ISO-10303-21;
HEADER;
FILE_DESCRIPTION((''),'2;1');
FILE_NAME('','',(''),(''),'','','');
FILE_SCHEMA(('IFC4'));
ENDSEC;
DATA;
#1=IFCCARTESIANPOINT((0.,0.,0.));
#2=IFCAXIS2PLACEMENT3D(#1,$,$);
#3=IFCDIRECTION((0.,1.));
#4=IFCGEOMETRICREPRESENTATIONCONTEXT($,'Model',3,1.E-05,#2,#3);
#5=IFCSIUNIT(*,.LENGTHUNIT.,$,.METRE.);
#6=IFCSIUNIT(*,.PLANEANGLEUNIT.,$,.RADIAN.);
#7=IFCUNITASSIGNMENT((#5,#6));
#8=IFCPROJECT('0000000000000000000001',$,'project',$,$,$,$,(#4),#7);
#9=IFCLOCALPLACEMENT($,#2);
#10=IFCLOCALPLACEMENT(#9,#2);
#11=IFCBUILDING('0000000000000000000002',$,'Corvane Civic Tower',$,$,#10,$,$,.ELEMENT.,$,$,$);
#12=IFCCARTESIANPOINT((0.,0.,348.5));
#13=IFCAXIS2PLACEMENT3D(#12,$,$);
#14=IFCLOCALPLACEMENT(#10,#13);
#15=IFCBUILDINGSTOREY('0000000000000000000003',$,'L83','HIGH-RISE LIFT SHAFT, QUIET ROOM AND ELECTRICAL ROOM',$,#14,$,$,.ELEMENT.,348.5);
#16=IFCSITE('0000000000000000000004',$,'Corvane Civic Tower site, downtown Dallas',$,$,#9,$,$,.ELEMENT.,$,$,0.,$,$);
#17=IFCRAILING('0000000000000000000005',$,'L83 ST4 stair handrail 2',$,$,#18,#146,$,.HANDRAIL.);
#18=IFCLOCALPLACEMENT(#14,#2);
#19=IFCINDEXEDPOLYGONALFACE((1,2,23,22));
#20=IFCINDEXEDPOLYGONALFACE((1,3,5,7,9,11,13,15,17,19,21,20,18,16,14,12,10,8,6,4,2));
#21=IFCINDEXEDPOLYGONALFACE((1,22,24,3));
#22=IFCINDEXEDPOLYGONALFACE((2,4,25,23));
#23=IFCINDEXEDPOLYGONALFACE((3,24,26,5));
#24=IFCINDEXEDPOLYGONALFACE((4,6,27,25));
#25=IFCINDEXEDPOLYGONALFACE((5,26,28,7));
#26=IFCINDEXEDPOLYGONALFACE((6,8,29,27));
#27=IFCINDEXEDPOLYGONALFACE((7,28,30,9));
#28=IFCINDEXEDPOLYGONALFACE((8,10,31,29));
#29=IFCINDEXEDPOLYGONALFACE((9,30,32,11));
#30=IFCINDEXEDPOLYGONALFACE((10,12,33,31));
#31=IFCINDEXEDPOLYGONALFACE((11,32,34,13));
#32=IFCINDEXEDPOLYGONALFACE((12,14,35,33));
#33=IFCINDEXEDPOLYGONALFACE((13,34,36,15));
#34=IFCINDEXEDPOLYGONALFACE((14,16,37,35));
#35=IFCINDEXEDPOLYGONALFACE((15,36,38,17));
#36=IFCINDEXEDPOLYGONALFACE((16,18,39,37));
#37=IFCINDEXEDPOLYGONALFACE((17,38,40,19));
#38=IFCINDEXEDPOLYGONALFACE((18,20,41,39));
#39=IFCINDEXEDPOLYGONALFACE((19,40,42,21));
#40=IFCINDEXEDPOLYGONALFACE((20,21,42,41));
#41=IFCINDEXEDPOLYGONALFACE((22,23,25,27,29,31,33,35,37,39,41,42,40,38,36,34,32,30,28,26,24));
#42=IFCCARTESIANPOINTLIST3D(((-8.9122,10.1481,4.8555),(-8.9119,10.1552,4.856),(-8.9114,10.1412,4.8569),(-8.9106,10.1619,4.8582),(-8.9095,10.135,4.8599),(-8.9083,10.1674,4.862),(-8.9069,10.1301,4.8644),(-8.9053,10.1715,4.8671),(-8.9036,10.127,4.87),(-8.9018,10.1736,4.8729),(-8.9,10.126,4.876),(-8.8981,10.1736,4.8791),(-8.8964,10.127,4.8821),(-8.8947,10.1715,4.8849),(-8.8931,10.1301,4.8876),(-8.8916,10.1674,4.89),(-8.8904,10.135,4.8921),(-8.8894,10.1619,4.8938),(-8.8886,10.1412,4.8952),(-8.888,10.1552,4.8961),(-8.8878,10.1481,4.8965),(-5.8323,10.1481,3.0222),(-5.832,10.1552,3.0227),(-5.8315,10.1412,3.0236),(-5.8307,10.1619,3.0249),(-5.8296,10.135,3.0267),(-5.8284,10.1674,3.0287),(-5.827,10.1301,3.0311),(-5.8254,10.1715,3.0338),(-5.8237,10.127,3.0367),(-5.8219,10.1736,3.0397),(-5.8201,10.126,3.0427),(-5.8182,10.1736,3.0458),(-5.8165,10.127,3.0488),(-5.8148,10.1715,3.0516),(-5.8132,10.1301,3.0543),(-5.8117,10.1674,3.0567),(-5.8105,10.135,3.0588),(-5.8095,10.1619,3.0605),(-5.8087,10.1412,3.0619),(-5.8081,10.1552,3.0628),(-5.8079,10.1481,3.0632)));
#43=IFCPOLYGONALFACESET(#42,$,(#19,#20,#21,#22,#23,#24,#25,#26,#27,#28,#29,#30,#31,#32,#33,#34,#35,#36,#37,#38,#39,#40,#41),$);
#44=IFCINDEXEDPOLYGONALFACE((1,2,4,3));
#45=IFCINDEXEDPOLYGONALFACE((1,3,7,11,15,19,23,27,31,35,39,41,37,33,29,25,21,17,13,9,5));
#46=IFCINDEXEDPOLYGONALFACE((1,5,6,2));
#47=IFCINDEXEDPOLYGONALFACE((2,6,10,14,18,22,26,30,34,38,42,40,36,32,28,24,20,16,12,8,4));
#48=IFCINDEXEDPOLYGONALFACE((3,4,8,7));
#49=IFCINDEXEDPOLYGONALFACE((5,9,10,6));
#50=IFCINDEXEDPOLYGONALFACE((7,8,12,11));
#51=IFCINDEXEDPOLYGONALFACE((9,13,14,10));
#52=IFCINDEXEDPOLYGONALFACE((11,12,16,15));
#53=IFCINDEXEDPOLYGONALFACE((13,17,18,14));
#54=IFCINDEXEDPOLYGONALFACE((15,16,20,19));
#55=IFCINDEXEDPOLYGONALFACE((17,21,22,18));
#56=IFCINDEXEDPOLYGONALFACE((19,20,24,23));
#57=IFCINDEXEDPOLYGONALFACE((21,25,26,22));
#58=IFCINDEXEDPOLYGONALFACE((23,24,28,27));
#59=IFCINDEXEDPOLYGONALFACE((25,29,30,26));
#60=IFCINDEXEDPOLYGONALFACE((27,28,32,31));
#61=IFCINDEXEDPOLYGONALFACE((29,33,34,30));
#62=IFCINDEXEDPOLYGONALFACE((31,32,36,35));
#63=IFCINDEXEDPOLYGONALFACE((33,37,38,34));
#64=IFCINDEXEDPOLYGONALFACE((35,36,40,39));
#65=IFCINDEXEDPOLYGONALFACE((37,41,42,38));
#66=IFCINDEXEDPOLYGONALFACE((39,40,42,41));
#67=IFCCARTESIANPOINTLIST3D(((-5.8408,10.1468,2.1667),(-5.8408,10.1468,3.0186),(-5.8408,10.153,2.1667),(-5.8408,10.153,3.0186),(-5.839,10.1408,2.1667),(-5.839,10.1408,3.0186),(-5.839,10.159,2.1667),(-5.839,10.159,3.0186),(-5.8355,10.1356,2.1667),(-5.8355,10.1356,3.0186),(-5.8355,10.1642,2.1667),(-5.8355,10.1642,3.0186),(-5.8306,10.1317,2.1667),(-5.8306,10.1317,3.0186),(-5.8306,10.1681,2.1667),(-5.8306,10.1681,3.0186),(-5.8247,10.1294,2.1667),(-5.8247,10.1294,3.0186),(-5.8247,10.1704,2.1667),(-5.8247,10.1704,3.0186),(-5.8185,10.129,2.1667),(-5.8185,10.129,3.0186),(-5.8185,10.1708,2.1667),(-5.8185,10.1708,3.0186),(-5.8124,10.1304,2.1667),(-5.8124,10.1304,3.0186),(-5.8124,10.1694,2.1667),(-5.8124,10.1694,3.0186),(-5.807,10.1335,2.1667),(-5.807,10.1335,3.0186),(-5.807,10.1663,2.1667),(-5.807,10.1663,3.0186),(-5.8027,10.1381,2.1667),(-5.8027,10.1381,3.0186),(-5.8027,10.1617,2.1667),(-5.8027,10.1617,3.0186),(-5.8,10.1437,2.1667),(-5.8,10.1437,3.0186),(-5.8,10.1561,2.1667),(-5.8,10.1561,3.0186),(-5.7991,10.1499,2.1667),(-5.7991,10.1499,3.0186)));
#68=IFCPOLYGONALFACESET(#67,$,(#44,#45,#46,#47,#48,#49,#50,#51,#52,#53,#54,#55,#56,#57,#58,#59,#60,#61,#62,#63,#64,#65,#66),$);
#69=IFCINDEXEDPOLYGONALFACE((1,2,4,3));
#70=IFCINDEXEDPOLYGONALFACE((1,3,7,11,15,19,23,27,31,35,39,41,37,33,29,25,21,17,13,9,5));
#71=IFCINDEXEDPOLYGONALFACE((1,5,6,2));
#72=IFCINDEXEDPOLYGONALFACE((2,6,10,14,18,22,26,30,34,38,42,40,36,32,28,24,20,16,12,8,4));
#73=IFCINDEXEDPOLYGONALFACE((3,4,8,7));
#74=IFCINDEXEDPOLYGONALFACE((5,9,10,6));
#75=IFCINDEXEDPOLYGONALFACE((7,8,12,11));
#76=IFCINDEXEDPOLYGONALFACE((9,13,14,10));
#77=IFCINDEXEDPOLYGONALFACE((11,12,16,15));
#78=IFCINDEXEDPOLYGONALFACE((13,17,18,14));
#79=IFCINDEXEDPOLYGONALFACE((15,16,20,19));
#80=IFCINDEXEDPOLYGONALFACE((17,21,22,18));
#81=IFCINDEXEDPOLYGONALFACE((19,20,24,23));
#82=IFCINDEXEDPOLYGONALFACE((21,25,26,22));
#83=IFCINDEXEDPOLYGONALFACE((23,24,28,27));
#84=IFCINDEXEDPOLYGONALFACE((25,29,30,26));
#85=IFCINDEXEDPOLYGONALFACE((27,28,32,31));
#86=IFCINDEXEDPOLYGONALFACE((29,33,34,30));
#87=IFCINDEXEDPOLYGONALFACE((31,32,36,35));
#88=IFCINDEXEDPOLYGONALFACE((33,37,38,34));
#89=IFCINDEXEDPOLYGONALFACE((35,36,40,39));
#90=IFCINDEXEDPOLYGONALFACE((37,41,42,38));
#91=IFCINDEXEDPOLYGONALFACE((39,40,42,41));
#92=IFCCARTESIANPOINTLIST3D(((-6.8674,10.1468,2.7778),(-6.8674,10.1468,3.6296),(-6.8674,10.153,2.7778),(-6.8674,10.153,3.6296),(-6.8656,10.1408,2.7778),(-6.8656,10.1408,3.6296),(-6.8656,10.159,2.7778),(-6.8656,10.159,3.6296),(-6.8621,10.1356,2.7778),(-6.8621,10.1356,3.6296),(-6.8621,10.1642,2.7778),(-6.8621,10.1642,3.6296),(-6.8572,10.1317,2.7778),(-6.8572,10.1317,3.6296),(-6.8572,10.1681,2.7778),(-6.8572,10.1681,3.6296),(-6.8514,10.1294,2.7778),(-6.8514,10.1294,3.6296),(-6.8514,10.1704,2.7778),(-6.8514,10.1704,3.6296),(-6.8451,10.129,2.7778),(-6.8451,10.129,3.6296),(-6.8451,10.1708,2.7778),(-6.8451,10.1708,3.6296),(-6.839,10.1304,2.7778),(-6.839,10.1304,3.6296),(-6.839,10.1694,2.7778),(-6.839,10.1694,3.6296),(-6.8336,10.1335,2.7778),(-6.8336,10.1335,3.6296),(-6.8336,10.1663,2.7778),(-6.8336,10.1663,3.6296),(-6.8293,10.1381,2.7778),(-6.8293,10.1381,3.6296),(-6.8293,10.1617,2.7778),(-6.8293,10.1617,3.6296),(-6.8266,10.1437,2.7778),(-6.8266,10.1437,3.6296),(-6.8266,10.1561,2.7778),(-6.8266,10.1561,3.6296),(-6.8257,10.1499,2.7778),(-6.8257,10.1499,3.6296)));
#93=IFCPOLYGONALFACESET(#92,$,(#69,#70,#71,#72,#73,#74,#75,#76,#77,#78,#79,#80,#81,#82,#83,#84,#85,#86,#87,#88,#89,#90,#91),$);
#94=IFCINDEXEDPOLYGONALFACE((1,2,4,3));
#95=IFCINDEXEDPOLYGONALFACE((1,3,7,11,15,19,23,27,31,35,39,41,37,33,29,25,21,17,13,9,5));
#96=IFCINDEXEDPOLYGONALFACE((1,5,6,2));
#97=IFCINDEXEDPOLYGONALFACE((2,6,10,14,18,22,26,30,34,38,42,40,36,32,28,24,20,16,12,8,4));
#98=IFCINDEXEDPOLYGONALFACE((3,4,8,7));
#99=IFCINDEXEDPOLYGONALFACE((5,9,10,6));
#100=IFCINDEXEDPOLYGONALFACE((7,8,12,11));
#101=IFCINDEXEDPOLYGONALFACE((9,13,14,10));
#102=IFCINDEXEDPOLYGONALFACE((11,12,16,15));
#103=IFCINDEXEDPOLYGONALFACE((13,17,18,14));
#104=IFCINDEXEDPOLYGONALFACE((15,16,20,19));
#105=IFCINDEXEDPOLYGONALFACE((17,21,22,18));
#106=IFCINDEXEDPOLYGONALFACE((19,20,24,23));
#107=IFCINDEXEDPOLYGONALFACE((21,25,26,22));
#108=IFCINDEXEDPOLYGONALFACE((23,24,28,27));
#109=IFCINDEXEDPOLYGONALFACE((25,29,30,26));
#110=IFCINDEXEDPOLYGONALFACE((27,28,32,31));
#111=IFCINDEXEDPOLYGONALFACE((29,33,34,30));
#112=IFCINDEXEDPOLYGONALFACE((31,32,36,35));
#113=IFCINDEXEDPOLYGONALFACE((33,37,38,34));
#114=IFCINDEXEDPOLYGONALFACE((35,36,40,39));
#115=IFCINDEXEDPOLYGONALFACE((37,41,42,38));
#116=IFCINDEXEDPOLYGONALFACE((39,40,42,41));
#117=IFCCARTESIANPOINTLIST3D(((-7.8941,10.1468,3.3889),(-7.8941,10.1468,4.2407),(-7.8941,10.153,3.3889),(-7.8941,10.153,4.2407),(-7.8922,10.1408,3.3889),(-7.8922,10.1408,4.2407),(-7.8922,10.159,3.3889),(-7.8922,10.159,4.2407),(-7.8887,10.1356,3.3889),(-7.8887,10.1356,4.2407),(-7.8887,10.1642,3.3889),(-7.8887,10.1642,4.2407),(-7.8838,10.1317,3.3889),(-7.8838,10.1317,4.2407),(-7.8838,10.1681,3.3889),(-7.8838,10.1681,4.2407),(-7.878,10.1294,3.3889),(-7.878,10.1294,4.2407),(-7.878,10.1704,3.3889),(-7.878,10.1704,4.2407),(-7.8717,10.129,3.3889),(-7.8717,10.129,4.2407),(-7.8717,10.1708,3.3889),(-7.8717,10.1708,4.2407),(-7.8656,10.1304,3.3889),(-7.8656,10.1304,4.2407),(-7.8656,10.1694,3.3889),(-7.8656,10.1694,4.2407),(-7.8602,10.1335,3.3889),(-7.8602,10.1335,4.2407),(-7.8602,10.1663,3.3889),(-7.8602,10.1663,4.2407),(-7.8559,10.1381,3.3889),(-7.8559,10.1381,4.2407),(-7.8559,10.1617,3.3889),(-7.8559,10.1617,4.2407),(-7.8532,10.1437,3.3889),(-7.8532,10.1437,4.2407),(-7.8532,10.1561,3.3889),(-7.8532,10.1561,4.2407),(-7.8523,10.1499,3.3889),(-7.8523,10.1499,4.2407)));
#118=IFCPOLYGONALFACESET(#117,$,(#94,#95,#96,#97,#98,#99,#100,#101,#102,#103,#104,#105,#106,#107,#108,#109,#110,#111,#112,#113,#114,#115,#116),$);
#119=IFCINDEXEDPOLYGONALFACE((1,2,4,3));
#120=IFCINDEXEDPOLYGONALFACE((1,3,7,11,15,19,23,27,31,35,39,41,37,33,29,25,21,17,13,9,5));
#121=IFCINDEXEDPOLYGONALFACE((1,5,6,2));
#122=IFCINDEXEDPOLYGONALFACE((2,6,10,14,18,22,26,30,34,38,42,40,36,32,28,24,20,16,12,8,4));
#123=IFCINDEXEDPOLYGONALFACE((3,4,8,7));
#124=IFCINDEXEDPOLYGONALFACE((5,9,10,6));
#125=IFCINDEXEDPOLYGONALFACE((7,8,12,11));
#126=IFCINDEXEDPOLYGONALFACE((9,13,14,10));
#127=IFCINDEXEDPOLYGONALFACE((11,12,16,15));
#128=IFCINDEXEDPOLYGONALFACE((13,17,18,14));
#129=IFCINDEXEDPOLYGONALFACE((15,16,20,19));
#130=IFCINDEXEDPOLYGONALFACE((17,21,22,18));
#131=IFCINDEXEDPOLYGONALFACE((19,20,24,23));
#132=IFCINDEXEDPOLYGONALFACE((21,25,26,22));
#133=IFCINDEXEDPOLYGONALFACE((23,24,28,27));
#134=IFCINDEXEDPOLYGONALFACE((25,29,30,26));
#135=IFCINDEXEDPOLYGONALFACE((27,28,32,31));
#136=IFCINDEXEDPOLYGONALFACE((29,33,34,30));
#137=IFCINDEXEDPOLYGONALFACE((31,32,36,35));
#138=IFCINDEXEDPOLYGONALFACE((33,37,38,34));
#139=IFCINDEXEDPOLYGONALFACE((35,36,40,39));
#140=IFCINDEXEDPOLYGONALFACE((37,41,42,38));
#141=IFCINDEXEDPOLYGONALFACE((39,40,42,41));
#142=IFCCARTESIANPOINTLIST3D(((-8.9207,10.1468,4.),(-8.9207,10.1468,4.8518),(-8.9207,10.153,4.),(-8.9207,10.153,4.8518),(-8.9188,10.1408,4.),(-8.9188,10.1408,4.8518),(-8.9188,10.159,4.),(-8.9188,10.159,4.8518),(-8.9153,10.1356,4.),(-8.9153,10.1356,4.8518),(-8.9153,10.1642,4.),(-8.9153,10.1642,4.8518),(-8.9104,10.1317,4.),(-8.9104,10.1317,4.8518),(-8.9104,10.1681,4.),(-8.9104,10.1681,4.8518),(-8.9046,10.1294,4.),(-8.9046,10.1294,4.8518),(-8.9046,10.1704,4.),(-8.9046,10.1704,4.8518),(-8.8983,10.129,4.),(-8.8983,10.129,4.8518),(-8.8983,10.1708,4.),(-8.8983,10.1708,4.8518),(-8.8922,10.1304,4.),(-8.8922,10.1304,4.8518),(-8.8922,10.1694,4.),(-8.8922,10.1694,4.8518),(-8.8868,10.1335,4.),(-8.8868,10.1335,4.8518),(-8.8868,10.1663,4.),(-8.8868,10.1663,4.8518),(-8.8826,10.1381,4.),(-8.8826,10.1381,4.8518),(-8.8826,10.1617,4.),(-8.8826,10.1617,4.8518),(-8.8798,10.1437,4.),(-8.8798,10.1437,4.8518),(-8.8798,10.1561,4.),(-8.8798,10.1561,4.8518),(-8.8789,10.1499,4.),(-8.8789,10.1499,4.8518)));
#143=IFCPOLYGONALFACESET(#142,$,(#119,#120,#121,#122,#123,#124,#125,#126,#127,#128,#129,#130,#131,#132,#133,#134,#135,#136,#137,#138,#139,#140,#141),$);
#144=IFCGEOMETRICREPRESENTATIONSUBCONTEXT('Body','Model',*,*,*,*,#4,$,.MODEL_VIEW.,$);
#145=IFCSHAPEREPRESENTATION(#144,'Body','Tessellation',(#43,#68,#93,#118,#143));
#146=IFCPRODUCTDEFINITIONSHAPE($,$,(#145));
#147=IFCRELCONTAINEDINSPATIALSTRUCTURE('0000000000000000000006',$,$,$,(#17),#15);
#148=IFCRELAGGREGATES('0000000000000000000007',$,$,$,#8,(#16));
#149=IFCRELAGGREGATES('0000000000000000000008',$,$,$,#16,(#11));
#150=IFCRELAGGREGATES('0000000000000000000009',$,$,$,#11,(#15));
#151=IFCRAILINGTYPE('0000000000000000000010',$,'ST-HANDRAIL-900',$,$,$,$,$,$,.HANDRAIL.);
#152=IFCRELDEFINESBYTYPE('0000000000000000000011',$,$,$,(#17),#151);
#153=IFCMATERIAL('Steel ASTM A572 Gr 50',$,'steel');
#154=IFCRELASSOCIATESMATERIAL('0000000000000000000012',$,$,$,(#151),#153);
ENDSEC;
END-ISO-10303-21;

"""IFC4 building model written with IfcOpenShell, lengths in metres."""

from ifc_helpers import new_model, si_unit, direction, frame, origin, origin_2d, place, context, subcontext, project, spatial, circle, extrude, material, type_object, element, save


model = new_model("IFC4")

# Units and contexts
model_context = context("Model", 3, precision=1e-05, world=origin(), true_north=direction((0.0, 1.0)))
body_context = subcontext(model_context, "Body", "Model", "MODEL_VIEW")
ifc_project = project(units=[si_unit("LENGTHUNIT", "METRE"), si_unit("PLANEANGLEUNIT", "RADIAN")], contexts=[model_context])

# Site, building, storey
site_placement = place(None, origin())
site = spatial("IfcSite", under=ifc_project, at=site_placement, Name="Corvane Civic Tower site, downtown Dallas", CompositionType="ELEMENT", RefElevation=0.0)
building_placement = place(site_placement, origin())
building = spatial("IfcBuilding", under=site, at=building_placement, Name="Corvane Civic Tower", CompositionType="ELEMENT")
storey_placement = place(building_placement, frame((0.0, 0.0, 348.5)))
storey = spatial("IfcBuildingStorey", under=building, at=storey_placement, Name="L83", Description="HIGH-RISE LIFT SHAFT, QUIET ROOM AND ELECTRICAL ROOM", CompositionType="ELEMENT", Elevation=348.5)

# Railing
ifc_material_1 = material(Name="Steel ASTM A572 Gr 50", Category="steel")
railing_type_1 = type_object("IfcRailingType", Name="ST-HANDRAIL-900", PredefinedType="HANDRAIL", material=ifc_material_1)
railing_1_placement = place(storey_placement, frame((-5.8201, 10.1499, 2.1667)))
element("IfcRailing", 1, at=railing_1_placement, inside=storey, type_object=railing_type_1, Name="L83 ST4 stair handrail 2", PredefinedType="HANDRAIL", context=body_context, shape_type="SweptSolid", body=[
    extrude(circle(Radius=0.0239, at=origin_2d()), frame((0.0, 0.0, 0.876), z_axis=(-0.859291, 0.0, 0.511487), x_axis=(0.0, -1.0, 0.0)), (0.0, 0.0, 1.0), 3.5842),
    extrude(circle(Radius=0.021, at=origin_2d()), origin(), (0.0, 0.0, 1.0), 0.8518),
    extrude(circle(Radius=0.021, at=origin_2d()), frame((-1.0266, 0.0, 0.6111)), (0.0, 0.0, 1.0), 0.8518),
    extrude(circle(Radius=0.021, at=origin_2d()), frame((-2.0532, 0.0, 1.2222)), (0.0, 0.0, 1.0), 0.8518),
    extrude(circle(Radius=0.021, at=origin_2d()), frame((-3.0798, 0.0, 1.8333)), (0.0, 0.0, 1.0), 0.8518),
])

save(model, "model.ifc")
